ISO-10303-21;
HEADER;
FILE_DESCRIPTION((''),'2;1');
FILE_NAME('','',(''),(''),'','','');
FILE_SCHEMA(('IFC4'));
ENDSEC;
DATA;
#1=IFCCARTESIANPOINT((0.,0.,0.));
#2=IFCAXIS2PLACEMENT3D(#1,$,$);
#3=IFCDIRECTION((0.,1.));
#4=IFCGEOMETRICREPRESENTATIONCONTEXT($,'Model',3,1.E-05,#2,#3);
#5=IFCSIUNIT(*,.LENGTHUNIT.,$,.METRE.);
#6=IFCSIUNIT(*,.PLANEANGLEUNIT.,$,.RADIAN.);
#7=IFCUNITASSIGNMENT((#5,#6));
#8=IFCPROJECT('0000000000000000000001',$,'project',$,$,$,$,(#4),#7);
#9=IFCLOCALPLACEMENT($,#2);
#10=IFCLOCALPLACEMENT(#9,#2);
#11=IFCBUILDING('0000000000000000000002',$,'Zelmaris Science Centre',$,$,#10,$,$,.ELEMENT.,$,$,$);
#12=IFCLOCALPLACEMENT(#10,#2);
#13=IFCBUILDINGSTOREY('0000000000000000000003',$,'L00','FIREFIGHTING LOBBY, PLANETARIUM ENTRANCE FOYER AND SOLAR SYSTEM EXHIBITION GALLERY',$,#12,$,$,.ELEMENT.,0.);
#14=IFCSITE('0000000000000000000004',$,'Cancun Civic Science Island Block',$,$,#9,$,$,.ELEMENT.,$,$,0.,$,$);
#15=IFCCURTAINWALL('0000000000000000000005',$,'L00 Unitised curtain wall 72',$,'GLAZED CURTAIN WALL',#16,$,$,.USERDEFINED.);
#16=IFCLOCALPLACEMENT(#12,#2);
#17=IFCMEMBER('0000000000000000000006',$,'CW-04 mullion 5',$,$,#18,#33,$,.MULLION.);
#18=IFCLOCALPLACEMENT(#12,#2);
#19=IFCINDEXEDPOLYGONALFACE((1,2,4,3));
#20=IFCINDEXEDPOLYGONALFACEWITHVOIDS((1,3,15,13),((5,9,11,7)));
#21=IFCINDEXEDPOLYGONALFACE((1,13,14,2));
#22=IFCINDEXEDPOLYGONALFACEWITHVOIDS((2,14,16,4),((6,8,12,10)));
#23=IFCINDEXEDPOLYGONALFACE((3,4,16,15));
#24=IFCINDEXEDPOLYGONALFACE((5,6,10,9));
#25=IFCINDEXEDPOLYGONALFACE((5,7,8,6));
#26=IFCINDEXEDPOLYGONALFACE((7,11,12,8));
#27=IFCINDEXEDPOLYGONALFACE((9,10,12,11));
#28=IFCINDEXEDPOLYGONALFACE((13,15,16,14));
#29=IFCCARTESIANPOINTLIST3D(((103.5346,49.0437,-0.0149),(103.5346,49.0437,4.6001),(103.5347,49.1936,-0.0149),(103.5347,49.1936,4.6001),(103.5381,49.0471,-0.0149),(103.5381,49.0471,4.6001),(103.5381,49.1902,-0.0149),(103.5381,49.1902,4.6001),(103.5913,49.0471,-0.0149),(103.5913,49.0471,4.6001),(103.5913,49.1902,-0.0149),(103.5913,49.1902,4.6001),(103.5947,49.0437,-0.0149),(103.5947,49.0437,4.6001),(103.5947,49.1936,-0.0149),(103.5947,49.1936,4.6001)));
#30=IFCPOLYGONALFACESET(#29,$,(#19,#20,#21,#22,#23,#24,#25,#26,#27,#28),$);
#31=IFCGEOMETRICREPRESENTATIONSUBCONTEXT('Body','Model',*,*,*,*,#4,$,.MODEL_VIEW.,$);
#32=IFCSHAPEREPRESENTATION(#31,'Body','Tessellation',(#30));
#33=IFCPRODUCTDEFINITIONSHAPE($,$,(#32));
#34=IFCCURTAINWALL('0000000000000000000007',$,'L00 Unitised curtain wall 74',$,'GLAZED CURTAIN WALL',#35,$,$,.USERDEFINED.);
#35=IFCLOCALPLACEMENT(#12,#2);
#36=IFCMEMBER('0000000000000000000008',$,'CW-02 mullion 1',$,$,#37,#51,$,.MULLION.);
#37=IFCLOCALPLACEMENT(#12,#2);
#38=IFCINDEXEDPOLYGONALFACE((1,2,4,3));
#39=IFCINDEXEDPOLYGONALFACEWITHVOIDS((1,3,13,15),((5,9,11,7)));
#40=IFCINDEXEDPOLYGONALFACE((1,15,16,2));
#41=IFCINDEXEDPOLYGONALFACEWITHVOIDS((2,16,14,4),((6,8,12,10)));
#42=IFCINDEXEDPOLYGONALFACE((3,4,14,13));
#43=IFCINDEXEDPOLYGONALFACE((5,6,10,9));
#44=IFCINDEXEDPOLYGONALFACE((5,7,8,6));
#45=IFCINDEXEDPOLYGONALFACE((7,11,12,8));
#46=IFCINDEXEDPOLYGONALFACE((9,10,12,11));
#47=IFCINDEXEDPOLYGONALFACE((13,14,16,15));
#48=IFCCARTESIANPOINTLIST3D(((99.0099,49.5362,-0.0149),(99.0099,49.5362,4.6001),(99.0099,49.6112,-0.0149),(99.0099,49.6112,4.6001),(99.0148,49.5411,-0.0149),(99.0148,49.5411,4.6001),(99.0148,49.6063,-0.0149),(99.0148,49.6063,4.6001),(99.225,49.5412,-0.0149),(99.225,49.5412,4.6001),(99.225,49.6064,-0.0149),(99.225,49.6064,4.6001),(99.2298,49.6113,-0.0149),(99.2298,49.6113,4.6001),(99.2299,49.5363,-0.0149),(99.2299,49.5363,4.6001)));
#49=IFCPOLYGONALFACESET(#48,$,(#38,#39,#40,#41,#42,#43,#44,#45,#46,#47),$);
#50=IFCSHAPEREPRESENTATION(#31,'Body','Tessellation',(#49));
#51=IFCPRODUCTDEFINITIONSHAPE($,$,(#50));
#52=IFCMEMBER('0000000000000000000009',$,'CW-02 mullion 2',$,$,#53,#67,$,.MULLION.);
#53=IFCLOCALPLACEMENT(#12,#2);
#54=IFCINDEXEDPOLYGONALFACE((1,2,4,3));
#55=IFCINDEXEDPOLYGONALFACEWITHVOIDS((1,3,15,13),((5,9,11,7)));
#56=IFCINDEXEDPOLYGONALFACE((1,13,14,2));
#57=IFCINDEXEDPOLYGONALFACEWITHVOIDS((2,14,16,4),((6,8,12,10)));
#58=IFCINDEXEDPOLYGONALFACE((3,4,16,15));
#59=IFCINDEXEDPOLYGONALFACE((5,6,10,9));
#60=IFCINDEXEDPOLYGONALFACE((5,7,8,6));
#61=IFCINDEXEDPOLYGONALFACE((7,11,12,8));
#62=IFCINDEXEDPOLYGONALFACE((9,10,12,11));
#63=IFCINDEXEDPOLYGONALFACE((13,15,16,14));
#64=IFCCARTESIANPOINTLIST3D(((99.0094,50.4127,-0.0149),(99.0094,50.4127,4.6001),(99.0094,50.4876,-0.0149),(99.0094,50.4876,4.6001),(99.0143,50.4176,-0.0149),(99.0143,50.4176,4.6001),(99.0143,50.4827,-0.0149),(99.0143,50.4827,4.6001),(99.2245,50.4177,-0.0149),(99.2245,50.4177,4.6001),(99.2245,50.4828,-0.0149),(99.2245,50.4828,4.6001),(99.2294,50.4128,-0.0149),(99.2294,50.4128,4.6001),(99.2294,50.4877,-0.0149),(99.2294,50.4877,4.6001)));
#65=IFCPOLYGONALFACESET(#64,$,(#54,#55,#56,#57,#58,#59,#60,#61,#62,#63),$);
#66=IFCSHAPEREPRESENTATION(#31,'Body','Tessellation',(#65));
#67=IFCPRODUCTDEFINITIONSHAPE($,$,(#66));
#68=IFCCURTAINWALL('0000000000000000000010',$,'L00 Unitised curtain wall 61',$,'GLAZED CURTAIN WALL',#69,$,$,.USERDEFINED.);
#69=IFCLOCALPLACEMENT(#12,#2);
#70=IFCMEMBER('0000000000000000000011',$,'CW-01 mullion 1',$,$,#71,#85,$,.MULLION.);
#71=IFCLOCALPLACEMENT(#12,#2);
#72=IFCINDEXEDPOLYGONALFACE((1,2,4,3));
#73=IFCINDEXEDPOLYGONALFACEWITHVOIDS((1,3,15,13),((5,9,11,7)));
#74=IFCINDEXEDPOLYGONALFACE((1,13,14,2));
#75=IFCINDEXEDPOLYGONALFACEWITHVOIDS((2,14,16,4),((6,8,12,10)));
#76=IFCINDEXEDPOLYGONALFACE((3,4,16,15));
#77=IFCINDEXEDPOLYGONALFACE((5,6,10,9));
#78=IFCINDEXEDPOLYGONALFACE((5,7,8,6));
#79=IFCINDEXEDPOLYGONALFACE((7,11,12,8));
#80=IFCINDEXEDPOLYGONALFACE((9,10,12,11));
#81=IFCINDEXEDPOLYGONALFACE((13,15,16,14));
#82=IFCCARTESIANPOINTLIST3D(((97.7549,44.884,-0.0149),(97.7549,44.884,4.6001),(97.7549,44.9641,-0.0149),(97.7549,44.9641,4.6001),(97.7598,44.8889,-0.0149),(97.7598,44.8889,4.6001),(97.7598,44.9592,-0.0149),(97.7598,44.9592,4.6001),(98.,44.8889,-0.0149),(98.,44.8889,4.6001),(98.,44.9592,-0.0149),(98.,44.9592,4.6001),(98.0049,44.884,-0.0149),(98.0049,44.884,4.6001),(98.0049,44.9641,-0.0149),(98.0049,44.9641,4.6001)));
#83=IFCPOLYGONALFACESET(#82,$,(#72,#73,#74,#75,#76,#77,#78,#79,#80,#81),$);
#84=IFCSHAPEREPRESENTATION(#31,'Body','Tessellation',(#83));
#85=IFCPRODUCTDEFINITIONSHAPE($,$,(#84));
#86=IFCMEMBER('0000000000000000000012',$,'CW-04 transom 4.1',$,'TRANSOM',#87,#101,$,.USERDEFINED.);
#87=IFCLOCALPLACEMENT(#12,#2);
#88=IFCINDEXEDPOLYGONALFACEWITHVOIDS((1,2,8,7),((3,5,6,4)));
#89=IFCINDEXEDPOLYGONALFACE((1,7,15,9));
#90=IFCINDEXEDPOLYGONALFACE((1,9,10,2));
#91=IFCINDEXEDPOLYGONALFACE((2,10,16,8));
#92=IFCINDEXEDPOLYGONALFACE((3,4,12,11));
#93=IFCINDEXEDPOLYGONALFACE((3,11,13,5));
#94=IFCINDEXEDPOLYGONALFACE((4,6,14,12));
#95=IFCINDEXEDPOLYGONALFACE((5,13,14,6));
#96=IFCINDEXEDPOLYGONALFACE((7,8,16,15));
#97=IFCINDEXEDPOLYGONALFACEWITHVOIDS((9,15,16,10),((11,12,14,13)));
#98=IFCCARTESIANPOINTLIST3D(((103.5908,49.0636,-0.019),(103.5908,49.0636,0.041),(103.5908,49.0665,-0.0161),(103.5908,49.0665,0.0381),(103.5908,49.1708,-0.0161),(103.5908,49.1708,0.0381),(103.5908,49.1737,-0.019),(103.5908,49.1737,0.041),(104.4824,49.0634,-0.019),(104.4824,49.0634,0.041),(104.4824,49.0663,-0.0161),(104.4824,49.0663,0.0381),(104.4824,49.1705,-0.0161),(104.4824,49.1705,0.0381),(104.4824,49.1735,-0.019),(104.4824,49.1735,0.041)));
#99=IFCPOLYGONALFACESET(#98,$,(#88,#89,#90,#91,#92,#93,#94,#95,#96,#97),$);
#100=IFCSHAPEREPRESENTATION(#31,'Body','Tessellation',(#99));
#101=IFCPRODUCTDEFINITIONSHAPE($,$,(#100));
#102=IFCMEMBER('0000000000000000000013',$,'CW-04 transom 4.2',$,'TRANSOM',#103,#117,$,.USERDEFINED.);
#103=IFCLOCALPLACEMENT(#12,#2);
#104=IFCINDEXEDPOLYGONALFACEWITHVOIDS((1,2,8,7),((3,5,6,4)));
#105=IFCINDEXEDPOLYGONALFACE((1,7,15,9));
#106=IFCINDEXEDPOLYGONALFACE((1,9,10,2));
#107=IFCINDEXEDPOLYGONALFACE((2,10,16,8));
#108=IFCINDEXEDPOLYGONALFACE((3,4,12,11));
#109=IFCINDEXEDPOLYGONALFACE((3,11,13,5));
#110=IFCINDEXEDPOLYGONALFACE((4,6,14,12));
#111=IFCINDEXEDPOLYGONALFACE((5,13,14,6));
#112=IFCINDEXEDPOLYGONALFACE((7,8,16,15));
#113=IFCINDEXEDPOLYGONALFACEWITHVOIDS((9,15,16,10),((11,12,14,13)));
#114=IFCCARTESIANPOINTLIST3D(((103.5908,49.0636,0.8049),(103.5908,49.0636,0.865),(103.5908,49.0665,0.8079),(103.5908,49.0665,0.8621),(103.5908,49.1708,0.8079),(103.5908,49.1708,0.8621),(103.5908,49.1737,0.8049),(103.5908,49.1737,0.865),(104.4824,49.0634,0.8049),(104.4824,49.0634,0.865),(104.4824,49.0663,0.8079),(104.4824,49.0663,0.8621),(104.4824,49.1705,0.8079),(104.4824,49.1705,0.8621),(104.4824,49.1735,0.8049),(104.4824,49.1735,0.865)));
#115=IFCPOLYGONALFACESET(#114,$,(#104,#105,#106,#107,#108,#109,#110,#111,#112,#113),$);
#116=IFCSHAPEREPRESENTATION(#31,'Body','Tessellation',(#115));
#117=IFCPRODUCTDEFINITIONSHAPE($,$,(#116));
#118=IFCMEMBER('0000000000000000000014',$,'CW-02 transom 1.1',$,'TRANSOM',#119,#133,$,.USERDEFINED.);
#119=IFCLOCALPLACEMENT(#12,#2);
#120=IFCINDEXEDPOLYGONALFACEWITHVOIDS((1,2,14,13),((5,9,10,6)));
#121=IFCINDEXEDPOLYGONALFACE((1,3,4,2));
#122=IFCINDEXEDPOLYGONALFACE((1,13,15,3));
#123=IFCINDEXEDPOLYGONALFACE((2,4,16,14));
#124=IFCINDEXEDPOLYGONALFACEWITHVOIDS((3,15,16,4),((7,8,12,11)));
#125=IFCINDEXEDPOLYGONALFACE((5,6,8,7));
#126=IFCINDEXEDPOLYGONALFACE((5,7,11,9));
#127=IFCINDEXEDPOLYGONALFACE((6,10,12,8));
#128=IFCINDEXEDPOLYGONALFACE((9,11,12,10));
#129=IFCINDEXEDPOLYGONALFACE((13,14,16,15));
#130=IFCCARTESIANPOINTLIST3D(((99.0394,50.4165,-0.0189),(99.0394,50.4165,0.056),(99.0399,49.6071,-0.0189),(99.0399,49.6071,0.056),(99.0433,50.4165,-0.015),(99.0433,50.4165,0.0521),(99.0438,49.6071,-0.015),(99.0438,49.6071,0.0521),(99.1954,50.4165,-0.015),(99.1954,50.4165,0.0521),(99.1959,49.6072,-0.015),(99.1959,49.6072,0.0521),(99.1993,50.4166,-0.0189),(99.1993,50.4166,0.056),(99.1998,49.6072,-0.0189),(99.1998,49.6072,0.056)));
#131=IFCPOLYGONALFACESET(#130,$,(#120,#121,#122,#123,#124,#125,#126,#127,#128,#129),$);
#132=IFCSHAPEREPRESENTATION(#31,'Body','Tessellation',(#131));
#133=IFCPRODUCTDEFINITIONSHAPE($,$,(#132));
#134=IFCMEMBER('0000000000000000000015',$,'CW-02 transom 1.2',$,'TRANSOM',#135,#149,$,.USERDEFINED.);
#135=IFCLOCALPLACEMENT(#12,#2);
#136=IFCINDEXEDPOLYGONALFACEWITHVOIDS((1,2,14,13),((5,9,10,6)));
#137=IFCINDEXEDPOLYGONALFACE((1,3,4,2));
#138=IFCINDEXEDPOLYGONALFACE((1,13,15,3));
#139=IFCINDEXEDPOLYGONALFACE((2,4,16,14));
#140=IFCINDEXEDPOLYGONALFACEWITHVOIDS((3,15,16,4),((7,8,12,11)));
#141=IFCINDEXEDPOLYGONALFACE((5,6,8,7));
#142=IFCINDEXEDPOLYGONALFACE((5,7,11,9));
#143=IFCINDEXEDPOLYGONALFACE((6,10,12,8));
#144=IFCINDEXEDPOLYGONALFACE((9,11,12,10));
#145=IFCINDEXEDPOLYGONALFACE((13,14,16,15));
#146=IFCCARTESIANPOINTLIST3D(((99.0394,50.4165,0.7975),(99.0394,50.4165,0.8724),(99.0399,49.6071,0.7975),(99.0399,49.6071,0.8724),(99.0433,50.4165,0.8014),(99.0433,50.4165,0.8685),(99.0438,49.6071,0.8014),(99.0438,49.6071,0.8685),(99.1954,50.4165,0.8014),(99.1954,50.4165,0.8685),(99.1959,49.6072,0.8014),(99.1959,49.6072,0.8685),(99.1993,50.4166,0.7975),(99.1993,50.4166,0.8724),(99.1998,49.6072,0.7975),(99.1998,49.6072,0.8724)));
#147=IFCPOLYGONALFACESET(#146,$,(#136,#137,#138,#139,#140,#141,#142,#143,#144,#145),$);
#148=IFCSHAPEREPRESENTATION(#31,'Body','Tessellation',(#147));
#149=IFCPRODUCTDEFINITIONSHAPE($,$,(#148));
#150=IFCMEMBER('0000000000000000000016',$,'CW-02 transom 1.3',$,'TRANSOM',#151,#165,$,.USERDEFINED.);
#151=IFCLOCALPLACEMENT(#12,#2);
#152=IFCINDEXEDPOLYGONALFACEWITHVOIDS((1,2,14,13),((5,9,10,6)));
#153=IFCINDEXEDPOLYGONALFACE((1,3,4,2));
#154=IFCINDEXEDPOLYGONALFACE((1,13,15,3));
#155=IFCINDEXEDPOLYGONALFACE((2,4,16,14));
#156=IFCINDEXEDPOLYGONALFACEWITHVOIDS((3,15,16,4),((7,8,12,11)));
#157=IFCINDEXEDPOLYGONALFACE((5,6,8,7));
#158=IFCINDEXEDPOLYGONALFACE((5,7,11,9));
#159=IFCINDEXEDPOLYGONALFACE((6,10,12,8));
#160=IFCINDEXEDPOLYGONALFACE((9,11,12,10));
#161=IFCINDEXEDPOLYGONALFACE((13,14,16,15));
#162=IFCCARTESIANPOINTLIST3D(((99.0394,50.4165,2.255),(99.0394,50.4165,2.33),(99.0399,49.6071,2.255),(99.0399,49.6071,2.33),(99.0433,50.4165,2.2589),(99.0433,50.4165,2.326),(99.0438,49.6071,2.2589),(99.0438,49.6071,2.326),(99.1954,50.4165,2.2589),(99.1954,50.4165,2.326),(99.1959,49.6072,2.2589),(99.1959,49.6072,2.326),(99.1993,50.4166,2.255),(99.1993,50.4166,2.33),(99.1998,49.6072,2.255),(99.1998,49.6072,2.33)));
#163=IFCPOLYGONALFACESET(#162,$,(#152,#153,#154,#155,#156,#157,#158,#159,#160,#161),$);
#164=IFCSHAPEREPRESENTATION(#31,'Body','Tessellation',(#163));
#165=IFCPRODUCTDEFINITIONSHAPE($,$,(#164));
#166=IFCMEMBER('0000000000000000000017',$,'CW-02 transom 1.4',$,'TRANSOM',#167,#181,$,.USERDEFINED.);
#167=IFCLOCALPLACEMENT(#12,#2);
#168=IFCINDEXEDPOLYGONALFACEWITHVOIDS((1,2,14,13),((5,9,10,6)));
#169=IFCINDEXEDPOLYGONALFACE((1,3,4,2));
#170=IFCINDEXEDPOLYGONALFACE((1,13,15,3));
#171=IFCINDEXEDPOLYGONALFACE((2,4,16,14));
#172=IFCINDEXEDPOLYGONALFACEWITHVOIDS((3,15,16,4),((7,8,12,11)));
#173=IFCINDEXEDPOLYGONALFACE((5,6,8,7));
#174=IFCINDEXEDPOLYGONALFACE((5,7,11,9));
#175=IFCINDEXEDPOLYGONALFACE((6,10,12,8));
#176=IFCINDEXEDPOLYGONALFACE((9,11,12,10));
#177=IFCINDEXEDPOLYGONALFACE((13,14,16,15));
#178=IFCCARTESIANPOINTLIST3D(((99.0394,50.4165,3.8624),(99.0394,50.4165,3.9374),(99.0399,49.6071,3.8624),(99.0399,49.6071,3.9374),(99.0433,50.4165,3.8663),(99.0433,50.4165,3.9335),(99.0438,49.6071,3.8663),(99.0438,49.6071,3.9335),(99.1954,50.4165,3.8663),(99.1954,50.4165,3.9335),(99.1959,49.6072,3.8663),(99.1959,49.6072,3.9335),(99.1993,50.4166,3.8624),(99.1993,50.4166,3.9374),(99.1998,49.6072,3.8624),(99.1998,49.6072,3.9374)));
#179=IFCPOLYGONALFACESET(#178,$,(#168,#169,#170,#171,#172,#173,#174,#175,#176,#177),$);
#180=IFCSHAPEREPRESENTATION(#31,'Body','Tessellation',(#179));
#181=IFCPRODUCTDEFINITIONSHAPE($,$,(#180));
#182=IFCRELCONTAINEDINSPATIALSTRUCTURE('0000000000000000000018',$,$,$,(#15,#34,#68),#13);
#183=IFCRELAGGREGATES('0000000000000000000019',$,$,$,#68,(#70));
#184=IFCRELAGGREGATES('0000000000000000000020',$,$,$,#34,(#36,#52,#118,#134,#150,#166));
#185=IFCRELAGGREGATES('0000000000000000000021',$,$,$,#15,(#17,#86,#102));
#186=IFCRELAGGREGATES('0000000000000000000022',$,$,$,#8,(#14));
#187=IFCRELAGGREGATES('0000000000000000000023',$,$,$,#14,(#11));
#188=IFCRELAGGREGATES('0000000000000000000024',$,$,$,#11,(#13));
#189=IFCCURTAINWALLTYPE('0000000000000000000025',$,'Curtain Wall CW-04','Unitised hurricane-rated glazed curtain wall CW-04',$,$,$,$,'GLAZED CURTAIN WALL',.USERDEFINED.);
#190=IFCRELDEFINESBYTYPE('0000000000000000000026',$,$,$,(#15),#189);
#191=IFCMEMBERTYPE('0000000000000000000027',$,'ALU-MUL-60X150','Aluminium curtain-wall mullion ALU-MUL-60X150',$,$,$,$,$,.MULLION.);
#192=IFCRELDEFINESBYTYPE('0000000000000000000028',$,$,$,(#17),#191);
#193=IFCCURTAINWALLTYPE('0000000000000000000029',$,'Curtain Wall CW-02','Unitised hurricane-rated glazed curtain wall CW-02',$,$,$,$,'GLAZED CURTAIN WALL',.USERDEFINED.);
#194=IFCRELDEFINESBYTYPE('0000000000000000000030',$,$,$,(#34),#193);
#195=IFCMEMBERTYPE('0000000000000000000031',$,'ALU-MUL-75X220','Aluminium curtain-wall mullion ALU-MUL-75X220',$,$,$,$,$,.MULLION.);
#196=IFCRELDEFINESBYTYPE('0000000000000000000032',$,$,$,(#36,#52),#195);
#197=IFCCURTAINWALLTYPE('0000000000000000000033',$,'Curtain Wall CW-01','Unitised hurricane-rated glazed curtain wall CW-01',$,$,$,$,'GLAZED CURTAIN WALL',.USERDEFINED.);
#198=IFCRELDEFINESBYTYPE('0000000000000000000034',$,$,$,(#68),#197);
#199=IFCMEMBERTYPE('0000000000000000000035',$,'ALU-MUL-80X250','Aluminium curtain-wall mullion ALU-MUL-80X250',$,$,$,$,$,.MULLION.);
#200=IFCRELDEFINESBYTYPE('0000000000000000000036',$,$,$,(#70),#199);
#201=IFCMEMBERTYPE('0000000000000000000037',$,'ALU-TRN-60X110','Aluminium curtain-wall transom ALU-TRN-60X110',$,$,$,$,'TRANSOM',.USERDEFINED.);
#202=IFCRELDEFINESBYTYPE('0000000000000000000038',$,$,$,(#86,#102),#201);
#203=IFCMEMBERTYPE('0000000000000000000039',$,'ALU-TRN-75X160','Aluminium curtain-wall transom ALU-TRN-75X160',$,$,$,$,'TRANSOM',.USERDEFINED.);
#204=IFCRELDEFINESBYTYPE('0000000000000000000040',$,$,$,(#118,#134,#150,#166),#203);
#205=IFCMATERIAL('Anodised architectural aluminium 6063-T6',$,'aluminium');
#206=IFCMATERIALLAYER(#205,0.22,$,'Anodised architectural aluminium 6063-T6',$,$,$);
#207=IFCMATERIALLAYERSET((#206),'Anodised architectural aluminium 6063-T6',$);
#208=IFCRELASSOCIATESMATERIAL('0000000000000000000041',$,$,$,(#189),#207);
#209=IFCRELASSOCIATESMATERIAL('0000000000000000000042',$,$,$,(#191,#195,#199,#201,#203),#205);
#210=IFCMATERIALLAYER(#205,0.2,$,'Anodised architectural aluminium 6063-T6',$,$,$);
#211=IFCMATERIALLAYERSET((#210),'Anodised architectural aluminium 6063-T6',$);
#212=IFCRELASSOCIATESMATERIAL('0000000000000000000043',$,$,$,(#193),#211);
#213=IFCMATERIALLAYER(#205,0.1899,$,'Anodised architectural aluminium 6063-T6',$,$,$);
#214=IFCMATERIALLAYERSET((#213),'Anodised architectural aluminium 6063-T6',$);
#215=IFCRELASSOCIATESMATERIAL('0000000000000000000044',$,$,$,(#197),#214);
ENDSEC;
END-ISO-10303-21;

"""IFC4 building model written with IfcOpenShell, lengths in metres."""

from ifc_helpers import new_model, si_unit, direction, frame, origin, origin_2d, place, context, subcontext, project, spatial, hollow_rectangle, extrude, material, layer, layer_set, material_profile, profile_set, type_object, element, aggregate, save


model = new_model("IFC4")

# Units and contexts
model_context = context("Model", 3, precision=1e-05, world=origin(), true_north=direction((0.0, 1.0)))
body_context = subcontext(model_context, "Body", "Model", "MODEL_VIEW")
ifc_project = project(units=[si_unit("LENGTHUNIT", "METRE"), si_unit("PLANEANGLEUNIT", "RADIAN")], contexts=[model_context])

# Site, building, storey
site_placement = place(None, origin())
site = spatial("IfcSite", under=ifc_project, at=site_placement, Name="Cancun Civic Science Island Block", CompositionType="ELEMENT", RefElevation=0.0)
building_placement = place(site_placement, origin())
building = spatial("IfcBuilding", under=site, at=building_placement, Name="Zelmaris Science Centre", CompositionType="ELEMENT")
storey_placement = place(building_placement, origin())
storey = spatial("IfcBuildingStorey", under=building, at=storey_placement, Name="L00", Description="FIREFIGHTING LOBBY, PLANETARIUM ENTRANCE FOYER AND SOLAR SYSTEM EXHIBITION GALLERY", CompositionType="ELEMENT", Elevation=0.0)

# Curtain wall, member
ifc_material_1 = material(Name="Anodised architectural aluminium 6063-T6", Category="aluminium")
ifc_layer_1 = layer(ifc_material_1, 0.22, Name="Anodised architectural aluminium 6063-T6")
ifc_layer_set_1 = layer_set([ifc_layer_1], Name="Anodised architectural aluminium 6063-T6")
curtain_wall_type_1 = type_object("IfcCurtainWallType", Name="Curtain Wall CW-04", Description="Unitised hurricane-rated glazed curtain wall CW-04", ElementType="GLAZED CURTAIN WALL", PredefinedType="USERDEFINED", material=ifc_layer_set_1)
curtain_wall_1_placement = place(storey_placement, origin())
curtain_wall_1 = element("IfcCurtainWall", 1, at=curtain_wall_1_placement, inside=storey, type_object=curtain_wall_type_1, Name="L00 Unitised curtain wall 72", ObjectType="GLAZED CURTAIN WALL", PredefinedType="USERDEFINED")
ifc_material_profile_1 = material_profile(ifc_material_1, hollow_rectangle(XDim=0.0601, YDim=0.1499, WallThickness=0.0034, at=origin_2d()), Name="ALU-MUL-60X150")
ifc_profile_set_1 = profile_set([ifc_material_profile_1], Name="Anodised architectural aluminium 6063-T6")
member_type_1 = type_object("IfcMemberType", Name="ALU-MUL-60X150", Description="Aluminium curtain-wall mullion ALU-MUL-60X150", PredefinedType="MULLION", material=ifc_profile_set_1)
member_1_placement = place(storey_placement, frame((103.5647, 49.1187, -0.0149), z_axis=(0.0, 0.0, 1.0), x_axis=(-1.0, 0.000297, 0.0)))
member_1 = element("IfcMember", 2, at=member_1_placement, type_object=member_type_1, Name="CW-04 mullion 5", PredefinedType="MULLION", context=body_context, shape_type="SweptSolid", body=[
    extrude(hollow_rectangle(XDim=0.0601, YDim=0.1499, WallThickness=0.0034, at=origin_2d()), origin(), (0.0, 0.0, 1.0), 4.615),
])

# Curtain wall, members
ifc_layer_2 = layer(ifc_material_1, 0.2, Name="Anodised architectural aluminium 6063-T6")
ifc_layer_set_2 = layer_set([ifc_layer_2], Name="Anodised architectural aluminium 6063-T6")
curtain_wall_type_2 = type_object("IfcCurtainWallType", Name="Curtain Wall CW-02", Description="Unitised hurricane-rated glazed curtain wall CW-02", ElementType="GLAZED CURTAIN WALL", PredefinedType="USERDEFINED", material=ifc_layer_set_2)
curtain_wall_2_placement = place(storey_placement, origin())
curtain_wall_2 = element("IfcCurtainWall", 3, at=curtain_wall_2_placement, inside=storey, type_object=curtain_wall_type_2, Name="L00 Unitised curtain wall 74", ObjectType="GLAZED CURTAIN WALL", PredefinedType="USERDEFINED")
ifc_material_profile_2 = material_profile(ifc_material_1, hollow_rectangle(XDim=0.075, YDim=0.22, WallThickness=0.0049, at=origin_2d()), Name="ALU-MUL-75X220")
ifc_profile_set_2 = profile_set([ifc_material_profile_2], Name="Anodised architectural aluminium 6063-T6")
member_type_2 = type_object("IfcMemberType", Name="ALU-MUL-75X220", Description="Aluminium curtain-wall mullion ALU-MUL-75X220", PredefinedType="MULLION", material=ifc_profile_set_2)
member_2_placement = place(storey_placement, frame((99.1199, 49.5737, -0.0149), z_axis=(0.0, 0.0, 1.0), x_axis=(-0.000478, 1.0, 0.0)))
member_2 = element("IfcMember", 4, at=member_2_placement, type_object=member_type_2, Name="CW-02 mullion 1", PredefinedType="MULLION", context=body_context, shape_type="SweptSolid", body=[
    extrude(hollow_rectangle(XDim=0.075, YDim=0.22, WallThickness=0.0049, at=origin_2d()), origin(), (0.0, 0.0, 1.0), 4.615),
])
member_3_placement = place(storey_placement, frame((99.1194, 50.4502, -0.0149), z_axis=(0.0, 0.0, 1.0), x_axis=(-0.000478, 1.0, 0.0)))
member_3 = element("IfcMember", 5, at=member_3_placement, type_object=member_type_2, Name="CW-02 mullion 2", PredefinedType="MULLION", context=body_context, shape_type="SweptSolid", body=[
    extrude(hollow_rectangle(XDim=0.075, YDim=0.22, WallThickness=0.0049, at=origin_2d()), origin(), (0.0, 0.0, 1.0), 4.615),
])

# Curtain wall, member
ifc_layer_3 = layer(ifc_material_1, 0.1899, Name="Anodised architectural aluminium 6063-T6")
ifc_layer_set_3 = layer_set([ifc_layer_3], Name="Anodised architectural aluminium 6063-T6")
curtain_wall_type_3 = type_object("IfcCurtainWallType", Name="Curtain Wall CW-01", Description="Unitised hurricane-rated glazed curtain wall CW-01", ElementType="GLAZED CURTAIN WALL", PredefinedType="USERDEFINED", material=ifc_layer_set_3)
curtain_wall_3_placement = place(storey_placement, origin())
curtain_wall_3 = element("IfcCurtainWall", 6, at=curtain_wall_3_placement, inside=storey, type_object=curtain_wall_type_3, Name="L00 Unitised curtain wall 61", ObjectType="GLAZED CURTAIN WALL", PredefinedType="USERDEFINED")
ifc_material_profile_3 = material_profile(ifc_material_1, hollow_rectangle(XDim=0.0801, YDim=0.25, WallThickness=0.0049, at=origin_2d()), Name="ALU-MUL-80X250")
ifc_profile_set_3 = profile_set([ifc_material_profile_3], Name="Anodised architectural aluminium 6063-T6")
member_type_3 = type_object("IfcMemberType", Name="ALU-MUL-80X250", Description="Aluminium curtain-wall mullion ALU-MUL-80X250", PredefinedType="MULLION", material=ifc_profile_set_3)
member_4_placement = place(storey_placement, frame((97.8799, 44.9241, -0.0149), z_axis=(0.0, 0.0, 1.0), x_axis=(0.000005, -1.0, 0.0)))
member_4 = element("IfcMember", 7, at=member_4_placement, type_object=member_type_3, Name="CW-01 mullion 1", PredefinedType="MULLION", context=body_context, shape_type="SweptSolid", body=[
    extrude(hollow_rectangle(XDim=0.0801, YDim=0.25, WallThickness=0.0049, at=origin_2d()), origin(), (0.0, 0.0, 1.0), 4.615),
])

# Members
ifc_material_profile_4 = material_profile(ifc_material_1, hollow_rectangle(XDim=0.0601, YDim=0.1101, WallThickness=0.0029, at=origin_2d()), Name="ALU-TRN-60X110")
ifc_profile_set_4 = profile_set([ifc_material_profile_4], Name="Anodised architectural aluminium 6063-T6")
member_type_4 = type_object("IfcMemberType", Name="ALU-TRN-60X110", Description="Aluminium curtain-wall transom ALU-TRN-60X110", ElementType="TRANSOM", PredefinedType="USERDEFINED", material=ifc_profile_set_4)
member_5_placement = place(storey_placement, frame((104.4824, 49.1184, 0.011), z_axis=(-1.0, 0.000274, 0.0), x_axis=(0.0, 0.0, 1.0)))
member_5 = element("IfcMember", 8, at=member_5_placement, type_object=member_type_4, Name="CW-04 transom 4.1", ObjectType="TRANSOM", PredefinedType="USERDEFINED", context=body_context, shape_type="SweptSolid", body=[
    extrude(hollow_rectangle(XDim=0.0601, YDim=0.1101, WallThickness=0.0029, at=origin_2d()), origin(), (0.0, 0.0, 1.0), 0.8916),
])
member_6_placement = place(storey_placement, frame((104.4824, 49.1184, 0.835), z_axis=(-1.0, 0.000274, 0.0), x_axis=(0.0, 0.0, 1.0)))
member_6 = element("IfcMember", 9, at=member_6_placement, type_object=member_type_4, Name="CW-04 transom 4.2", ObjectType="TRANSOM", PredefinedType="USERDEFINED", context=body_context, shape_type="SweptSolid", body=[
    extrude(hollow_rectangle(XDim=0.0601, YDim=0.1101, WallThickness=0.0029, at=origin_2d()), origin(), (0.0, 0.0, 1.0), 0.8916),
])
ifc_material_profile_5 = material_profile(ifc_material_1, hollow_rectangle(XDim=0.075, YDim=0.1599, WallThickness=0.0039, at=origin_2d()), Name="ALU-TRN-75X160")
ifc_profile_set_5 = profile_set([ifc_material_profile_5], Name="Anodised architectural aluminium 6063-T6")
member_type_5 = type_object("IfcMemberType", Name="ALU-TRN-75X160", Description="Aluminium curtain-wall transom ALU-TRN-75X160", ElementType="TRANSOM", PredefinedType="USERDEFINED", material=ifc_profile_set_5)
member_7_placement = place(storey_placement, frame((99.1199, 49.6072, 0.0186), z_axis=(-0.000603, 1.0, 0.0), x_axis=(0.0, 0.0, 1.0)))
member_7 = element("IfcMember", 10, at=member_7_placement, type_object=member_type_5, Name="CW-02 transom 1.1", ObjectType="TRANSOM", PredefinedType="USERDEFINED", context=body_context, shape_type="SweptSolid", body=[
    extrude(hollow_rectangle(XDim=0.075, YDim=0.1599, WallThickness=0.0039, at=origin_2d()), origin(), (0.0, 0.0, 1.0), 0.8093),
])
member_8_placement = place(storey_placement, frame((99.1199, 49.6072, 0.835), z_axis=(-0.000603, 1.0, 0.0), x_axis=(0.0, 0.0, 1.0)))
member_8 = element("IfcMember", 11, at=member_8_placement, type_object=member_type_5, Name="CW-02 transom 1.2", ObjectType="TRANSOM", PredefinedType="USERDEFINED", context=body_context, shape_type="SweptSolid", body=[
    extrude(hollow_rectangle(XDim=0.075, YDim=0.1599, WallThickness=0.0039, at=origin_2d()), origin(), (0.0, 0.0, 1.0), 0.8093),
])
member_9_placement = place(storey_placement, frame((99.1199, 49.6072, 2.2925), z_axis=(-0.000603, 1.0, 0.0), x_axis=(0.0, 0.0, 1.0)))
member_9 = element("IfcMember", 12, at=member_9_placement, type_object=member_type_5, Name="CW-02 transom 1.3", ObjectType="TRANSOM", PredefinedType="USERDEFINED", context=body_context, shape_type="SweptSolid", body=[
    extrude(hollow_rectangle(XDim=0.075, YDim=0.1599, WallThickness=0.0039, at=origin_2d()), origin(), (0.0, 0.0, 1.0), 0.8093),
])
member_10_placement = place(storey_placement, frame((99.1199, 49.6072, 3.8999), z_axis=(-0.000603, 1.0, 0.0), x_axis=(0.0, 0.0, 1.0)))
member_10 = element("IfcMember", 13, at=member_10_placement, type_object=member_type_5, Name="CW-02 transom 1.4", ObjectType="TRANSOM", PredefinedType="USERDEFINED", context=body_context, shape_type="SweptSolid", body=[
    extrude(hollow_rectangle(XDim=0.075, YDim=0.1599, WallThickness=0.0039, at=origin_2d()), origin(), (0.0, 0.0, 1.0), 0.8093),
])
aggregate(curtain_wall_3, [member_4])

aggregate(curtain_wall_2, [member_2, member_3, member_7, member_8, member_9, member_10])
aggregate(curtain_wall_1, [member_1, member_5, member_6])

save(model, "model.ifc")
